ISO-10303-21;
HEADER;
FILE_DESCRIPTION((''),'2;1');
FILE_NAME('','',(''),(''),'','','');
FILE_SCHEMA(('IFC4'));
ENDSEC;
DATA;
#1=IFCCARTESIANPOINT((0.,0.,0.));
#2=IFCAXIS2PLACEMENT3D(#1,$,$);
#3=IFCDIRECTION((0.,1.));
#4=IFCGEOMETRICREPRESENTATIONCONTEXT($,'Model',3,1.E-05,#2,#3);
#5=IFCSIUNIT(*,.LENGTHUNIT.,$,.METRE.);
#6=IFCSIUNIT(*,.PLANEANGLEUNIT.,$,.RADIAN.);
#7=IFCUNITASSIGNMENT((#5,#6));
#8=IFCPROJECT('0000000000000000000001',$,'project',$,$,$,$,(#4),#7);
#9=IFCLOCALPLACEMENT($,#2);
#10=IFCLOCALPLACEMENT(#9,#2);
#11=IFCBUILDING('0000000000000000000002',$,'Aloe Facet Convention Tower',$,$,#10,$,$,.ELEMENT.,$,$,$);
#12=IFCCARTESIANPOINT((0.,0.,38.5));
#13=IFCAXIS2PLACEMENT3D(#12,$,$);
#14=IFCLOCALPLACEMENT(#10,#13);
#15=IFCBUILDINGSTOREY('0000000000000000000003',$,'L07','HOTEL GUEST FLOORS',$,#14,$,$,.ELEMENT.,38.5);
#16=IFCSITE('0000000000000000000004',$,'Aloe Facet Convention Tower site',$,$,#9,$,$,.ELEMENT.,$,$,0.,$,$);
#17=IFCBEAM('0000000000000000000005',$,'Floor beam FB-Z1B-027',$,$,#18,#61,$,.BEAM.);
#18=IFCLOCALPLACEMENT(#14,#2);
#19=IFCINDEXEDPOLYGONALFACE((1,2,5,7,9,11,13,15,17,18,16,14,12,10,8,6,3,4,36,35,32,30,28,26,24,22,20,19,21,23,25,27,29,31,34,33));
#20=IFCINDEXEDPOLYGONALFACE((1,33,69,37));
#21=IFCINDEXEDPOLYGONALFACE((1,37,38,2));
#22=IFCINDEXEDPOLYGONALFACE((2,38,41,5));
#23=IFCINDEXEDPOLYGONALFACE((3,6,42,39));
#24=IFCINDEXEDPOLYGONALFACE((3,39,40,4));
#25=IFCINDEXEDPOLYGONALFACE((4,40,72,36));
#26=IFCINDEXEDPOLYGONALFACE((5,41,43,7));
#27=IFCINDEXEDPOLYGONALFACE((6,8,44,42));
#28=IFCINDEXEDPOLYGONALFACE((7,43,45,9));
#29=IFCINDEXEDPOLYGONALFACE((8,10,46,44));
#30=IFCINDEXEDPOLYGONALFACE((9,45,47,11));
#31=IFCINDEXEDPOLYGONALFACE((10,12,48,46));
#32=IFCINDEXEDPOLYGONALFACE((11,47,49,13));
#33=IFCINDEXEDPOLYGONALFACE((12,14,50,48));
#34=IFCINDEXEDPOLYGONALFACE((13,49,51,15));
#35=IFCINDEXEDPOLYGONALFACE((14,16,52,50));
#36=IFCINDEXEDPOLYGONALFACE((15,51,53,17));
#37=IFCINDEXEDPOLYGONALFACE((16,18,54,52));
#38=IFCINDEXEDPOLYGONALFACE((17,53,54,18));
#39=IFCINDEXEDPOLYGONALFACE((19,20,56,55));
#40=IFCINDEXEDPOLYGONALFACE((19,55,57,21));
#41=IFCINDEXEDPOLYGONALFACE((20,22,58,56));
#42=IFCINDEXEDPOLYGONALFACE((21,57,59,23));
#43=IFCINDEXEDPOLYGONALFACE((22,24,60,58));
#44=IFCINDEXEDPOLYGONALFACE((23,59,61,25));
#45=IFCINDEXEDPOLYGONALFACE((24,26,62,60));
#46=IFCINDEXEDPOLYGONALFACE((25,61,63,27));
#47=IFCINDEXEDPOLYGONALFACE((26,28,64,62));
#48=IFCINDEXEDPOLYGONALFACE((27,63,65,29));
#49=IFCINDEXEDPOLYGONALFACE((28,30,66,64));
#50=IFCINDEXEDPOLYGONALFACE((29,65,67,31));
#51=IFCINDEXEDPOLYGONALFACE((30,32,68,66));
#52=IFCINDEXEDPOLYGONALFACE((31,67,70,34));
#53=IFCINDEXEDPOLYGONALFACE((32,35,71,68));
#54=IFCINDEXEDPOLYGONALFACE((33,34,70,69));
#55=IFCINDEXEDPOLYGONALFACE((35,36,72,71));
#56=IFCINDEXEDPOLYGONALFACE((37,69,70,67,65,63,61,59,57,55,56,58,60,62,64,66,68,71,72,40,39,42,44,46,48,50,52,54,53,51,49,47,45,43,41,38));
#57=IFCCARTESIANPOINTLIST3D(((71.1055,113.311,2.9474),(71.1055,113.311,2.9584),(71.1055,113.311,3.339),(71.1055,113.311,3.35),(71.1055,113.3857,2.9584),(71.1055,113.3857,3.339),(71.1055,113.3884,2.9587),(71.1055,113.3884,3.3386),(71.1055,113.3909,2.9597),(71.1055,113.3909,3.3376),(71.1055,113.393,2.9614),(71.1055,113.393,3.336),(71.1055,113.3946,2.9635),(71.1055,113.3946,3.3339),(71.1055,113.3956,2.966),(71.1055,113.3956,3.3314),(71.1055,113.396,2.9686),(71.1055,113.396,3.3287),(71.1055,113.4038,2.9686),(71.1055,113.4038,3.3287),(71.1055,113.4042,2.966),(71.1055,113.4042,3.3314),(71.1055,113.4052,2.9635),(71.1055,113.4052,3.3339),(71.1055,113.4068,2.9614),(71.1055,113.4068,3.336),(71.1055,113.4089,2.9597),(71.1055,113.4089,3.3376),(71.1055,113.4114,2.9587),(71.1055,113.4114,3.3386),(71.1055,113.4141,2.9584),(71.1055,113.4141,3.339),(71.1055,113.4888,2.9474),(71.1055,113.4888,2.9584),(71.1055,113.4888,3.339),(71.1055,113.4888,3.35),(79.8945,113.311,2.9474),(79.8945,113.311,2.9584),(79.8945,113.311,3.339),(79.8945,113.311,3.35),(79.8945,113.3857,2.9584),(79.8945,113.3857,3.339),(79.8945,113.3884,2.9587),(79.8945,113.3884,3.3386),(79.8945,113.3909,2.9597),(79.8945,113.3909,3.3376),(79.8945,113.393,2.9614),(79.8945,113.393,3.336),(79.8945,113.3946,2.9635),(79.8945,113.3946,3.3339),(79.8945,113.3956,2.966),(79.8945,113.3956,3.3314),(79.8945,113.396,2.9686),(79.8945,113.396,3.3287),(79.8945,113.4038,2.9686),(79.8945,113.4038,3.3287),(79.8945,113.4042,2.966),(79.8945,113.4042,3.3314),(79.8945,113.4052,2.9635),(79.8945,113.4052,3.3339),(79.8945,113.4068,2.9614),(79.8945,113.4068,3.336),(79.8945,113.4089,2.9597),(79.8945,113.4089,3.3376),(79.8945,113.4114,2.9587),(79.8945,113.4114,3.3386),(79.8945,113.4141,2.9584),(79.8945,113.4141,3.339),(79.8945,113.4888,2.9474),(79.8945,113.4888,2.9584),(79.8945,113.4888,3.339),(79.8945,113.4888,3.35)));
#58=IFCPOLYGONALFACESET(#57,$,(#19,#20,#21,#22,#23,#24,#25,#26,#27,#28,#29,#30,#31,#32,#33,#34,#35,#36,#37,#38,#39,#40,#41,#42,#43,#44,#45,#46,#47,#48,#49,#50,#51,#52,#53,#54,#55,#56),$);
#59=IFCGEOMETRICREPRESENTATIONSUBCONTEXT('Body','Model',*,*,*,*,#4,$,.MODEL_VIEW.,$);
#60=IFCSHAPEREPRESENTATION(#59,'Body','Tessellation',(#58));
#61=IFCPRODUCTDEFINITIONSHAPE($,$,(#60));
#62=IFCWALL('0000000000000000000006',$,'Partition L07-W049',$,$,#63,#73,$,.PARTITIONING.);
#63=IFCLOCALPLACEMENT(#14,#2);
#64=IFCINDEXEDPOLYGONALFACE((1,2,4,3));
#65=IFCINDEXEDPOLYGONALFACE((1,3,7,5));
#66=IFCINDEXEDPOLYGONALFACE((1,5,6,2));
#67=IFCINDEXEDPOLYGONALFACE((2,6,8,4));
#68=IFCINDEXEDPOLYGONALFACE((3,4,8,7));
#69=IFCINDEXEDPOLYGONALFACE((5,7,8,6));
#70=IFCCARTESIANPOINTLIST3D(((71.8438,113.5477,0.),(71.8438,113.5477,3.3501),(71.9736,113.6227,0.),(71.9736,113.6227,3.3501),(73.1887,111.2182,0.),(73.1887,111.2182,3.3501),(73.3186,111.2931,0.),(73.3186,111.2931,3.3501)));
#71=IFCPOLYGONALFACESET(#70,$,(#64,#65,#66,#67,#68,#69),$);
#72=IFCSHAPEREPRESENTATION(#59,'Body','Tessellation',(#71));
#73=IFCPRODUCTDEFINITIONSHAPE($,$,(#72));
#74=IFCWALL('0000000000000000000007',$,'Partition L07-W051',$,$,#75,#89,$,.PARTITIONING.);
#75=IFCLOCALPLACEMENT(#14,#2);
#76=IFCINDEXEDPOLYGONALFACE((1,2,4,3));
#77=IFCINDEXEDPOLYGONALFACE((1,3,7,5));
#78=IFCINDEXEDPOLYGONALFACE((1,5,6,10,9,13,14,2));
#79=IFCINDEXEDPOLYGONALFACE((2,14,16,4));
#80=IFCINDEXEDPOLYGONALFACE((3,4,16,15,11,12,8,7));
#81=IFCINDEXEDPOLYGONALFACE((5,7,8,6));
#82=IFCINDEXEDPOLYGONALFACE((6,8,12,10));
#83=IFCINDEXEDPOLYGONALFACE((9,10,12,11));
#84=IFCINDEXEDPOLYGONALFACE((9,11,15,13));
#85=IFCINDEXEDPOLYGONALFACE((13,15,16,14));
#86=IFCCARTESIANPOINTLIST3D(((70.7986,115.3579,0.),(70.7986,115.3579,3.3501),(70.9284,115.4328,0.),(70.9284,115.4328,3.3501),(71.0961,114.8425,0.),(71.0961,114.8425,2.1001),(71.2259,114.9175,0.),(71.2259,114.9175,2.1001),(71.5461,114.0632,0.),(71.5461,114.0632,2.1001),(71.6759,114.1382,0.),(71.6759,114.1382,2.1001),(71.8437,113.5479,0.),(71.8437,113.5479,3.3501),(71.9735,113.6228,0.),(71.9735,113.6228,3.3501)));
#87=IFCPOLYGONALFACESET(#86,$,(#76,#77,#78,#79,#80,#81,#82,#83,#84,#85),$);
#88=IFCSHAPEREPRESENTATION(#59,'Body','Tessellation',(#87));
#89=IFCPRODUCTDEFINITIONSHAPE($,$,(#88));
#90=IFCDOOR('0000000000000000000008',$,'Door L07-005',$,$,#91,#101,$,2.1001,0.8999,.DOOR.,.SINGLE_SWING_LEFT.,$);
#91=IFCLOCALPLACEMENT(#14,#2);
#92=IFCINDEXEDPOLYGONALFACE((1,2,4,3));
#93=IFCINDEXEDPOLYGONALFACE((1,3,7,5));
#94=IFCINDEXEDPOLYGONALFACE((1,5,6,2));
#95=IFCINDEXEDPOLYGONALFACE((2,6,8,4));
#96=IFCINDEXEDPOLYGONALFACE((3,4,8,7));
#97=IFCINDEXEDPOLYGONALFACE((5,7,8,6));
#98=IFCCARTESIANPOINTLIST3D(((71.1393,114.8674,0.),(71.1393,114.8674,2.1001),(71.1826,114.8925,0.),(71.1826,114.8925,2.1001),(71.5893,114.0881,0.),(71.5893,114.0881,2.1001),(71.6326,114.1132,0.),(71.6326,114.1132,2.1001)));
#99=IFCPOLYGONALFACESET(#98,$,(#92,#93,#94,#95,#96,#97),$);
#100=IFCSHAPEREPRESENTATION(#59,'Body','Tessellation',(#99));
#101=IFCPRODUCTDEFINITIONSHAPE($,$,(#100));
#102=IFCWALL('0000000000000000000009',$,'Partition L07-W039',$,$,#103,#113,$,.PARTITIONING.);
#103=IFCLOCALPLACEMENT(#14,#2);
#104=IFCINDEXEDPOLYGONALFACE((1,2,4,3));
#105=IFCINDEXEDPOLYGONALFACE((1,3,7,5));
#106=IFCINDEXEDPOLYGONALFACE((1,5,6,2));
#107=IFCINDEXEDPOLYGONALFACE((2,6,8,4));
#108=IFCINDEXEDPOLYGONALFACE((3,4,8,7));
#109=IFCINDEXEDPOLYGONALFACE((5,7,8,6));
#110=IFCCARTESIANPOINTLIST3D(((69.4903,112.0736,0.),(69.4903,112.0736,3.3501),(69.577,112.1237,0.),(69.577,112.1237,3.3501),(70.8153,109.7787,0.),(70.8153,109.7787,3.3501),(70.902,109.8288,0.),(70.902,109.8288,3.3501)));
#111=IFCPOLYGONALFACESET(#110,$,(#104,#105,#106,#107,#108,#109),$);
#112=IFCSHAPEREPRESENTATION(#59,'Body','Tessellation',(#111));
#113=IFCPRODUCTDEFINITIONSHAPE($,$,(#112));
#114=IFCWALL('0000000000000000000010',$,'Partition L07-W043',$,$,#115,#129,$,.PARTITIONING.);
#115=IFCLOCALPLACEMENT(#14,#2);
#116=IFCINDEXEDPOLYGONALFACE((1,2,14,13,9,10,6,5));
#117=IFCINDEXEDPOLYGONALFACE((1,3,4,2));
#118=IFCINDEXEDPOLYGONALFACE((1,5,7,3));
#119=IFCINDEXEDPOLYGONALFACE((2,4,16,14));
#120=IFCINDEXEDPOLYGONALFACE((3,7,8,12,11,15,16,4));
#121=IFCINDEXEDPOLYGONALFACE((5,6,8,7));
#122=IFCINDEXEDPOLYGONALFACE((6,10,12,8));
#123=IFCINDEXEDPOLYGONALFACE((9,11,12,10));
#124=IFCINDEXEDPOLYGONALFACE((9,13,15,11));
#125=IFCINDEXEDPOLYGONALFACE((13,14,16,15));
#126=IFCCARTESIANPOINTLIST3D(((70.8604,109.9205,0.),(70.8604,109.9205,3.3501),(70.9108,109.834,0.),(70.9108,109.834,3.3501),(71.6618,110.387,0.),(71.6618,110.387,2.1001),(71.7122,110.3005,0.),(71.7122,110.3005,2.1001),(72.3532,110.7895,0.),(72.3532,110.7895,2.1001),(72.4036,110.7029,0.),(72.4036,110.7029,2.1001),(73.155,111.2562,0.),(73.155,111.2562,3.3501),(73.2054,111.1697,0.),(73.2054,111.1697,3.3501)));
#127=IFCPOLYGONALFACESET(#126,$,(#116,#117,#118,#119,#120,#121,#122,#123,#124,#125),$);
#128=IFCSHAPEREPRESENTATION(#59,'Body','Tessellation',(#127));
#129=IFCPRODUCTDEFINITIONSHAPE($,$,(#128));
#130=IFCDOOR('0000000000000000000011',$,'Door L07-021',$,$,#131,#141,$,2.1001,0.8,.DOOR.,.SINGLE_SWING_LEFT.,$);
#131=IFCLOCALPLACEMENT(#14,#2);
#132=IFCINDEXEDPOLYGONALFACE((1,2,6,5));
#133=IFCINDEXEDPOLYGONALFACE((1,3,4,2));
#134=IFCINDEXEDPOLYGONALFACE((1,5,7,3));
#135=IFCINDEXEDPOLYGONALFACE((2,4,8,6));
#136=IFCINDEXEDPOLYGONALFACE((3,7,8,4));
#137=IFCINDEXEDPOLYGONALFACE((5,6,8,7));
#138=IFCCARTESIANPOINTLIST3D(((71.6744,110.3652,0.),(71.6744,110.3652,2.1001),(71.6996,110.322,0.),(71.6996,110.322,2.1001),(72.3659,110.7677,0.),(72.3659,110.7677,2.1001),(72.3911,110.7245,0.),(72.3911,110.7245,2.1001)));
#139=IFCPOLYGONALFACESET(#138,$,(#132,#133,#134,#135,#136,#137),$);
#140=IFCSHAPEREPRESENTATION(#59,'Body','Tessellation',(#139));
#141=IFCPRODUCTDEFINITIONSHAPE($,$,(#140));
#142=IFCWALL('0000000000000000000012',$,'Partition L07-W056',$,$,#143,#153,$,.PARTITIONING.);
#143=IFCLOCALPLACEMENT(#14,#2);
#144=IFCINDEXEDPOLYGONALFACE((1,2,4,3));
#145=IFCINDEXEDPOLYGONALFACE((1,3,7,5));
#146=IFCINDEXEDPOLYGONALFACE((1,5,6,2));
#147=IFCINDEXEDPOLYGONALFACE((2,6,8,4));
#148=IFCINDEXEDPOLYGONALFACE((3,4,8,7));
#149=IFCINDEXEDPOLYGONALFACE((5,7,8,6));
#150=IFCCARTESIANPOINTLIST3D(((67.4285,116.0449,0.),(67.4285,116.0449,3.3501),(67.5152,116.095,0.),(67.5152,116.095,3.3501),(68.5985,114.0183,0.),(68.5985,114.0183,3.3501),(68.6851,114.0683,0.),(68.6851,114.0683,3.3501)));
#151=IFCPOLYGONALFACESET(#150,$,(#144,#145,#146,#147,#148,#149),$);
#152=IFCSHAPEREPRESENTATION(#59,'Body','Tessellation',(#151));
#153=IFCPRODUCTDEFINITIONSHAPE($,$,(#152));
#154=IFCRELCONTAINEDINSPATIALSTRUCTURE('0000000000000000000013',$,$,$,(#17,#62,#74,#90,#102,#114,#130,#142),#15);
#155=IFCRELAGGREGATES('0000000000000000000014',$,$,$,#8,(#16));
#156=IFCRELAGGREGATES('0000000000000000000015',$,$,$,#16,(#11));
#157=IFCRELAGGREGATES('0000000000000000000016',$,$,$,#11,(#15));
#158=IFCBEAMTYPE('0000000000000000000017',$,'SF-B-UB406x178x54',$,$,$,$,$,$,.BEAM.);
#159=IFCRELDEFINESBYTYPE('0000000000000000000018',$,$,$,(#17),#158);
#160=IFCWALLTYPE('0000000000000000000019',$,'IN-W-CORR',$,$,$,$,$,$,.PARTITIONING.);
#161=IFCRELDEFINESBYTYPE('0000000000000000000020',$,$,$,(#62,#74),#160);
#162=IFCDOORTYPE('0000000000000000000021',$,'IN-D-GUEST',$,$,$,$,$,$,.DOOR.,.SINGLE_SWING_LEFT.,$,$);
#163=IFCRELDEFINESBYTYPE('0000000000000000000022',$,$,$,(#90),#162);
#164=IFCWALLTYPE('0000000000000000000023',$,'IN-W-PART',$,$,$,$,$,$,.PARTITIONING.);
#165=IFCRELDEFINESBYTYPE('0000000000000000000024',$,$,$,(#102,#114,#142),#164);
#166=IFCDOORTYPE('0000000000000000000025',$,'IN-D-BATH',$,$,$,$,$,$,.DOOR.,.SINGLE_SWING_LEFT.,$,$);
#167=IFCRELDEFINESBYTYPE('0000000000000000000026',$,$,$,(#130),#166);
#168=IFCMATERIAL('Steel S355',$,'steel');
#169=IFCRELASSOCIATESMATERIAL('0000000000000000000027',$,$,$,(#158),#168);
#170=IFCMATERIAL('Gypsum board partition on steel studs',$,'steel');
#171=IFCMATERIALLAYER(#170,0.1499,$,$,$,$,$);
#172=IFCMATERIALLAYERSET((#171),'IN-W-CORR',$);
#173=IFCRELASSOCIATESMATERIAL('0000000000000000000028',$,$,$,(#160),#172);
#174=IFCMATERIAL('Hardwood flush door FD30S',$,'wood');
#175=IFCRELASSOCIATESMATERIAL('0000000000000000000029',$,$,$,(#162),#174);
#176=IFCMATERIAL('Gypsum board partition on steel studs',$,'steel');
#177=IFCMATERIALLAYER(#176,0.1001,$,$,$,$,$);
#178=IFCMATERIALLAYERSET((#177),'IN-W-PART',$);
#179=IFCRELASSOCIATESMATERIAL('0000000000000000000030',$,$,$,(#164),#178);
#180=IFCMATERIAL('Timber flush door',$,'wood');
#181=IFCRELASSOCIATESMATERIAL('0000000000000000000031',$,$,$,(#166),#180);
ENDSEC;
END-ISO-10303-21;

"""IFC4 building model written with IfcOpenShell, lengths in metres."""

from ifc_helpers import new_model, si_unit, direction, frame, frame_2d, origin, origin_2d, place, context, subcontext, project, spatial, rectangle, i_section, extrude, material, layer, layer_set, material_profile, profile_set, type_object, element, fill, save


model = new_model("IFC4")

# Units and contexts
model_context = context("Model", 3, precision=1e-05, world=origin(), true_north=direction((0.0, 1.0)))
body_context = subcontext(model_context, "Body", "Model", "MODEL_VIEW")
ifc_project = project(units=[si_unit("LENGTHUNIT", "METRE"), si_unit("PLANEANGLEUNIT", "RADIAN")], contexts=[model_context])

# Site, building, storey
site_placement = place(None, origin())
site = spatial("IfcSite", under=ifc_project, at=site_placement, Name="Aloe Facet Convention Tower site", CompositionType="ELEMENT", RefElevation=0.0)
building_placement = place(site_placement, origin())
building = spatial("IfcBuilding", under=site, at=building_placement, Name="Aloe Facet Convention Tower", CompositionType="ELEMENT")
storey_placement = place(building_placement, frame((0.0, 0.0, 38.5)))
storey = spatial("IfcBuildingStorey", under=building, at=storey_placement, Name="L07", Description="HOTEL GUEST FLOORS", CompositionType="ELEMENT", Elevation=38.5)

# Beam
ifc_material_1 = material(Name="Steel S355", Category="steel")
ifc_material_profile_1 = material_profile(ifc_material_1, i_section(OverallWidth=0.1777, OverallDepth=0.4026, WebThickness=0.0078, FlangeThickness=0.011, FilletRadius=0.0103, at=origin_2d()), Name="UB 406x178x54")
ifc_profile_set_1 = profile_set([ifc_material_profile_1], Name="Steel S355")
beam_type = type_object("IfcBeamType", Name="SF-B-UB406x178x54", PredefinedType="BEAM", material=ifc_profile_set_1)
for number, where, z_axis, x_axis, name in (
    (1, (71.1055, 113.3999, 3.1487), (1.0, 0.0, 0.0), (0.0, 1.0, 0.0), "Floor beam FB-Z1B-027"),
):
    element("IfcBeam", number, at=place(storey_placement, frame(where, z_axis=z_axis, x_axis=x_axis)), inside=storey, type_object=beam_type, Name=name, PredefinedType="BEAM", context=body_context, shape_type="SweptSolid", body=[
        extrude(i_section(OverallWidth=0.1777, OverallDepth=0.4026, WebThickness=0.0078, FlangeThickness=0.011, FilletRadius=0.0103, at=origin_2d()), origin(), (0.0, 0.0, 1.0), 8.7891),
    ])

# Wall
ifc_material_2 = material(Name="Gypsum board partition on steel studs", Category="steel")
ifc_layer_1 = layer(ifc_material_2, 0.1499)
ifc_layer_set_1 = layer_set([ifc_layer_1], Name="IN-W-CORR")
wall_type_1 = type_object("IfcWallType", Name="IN-W-CORR", PredefinedType="PARTITIONING", material=ifc_layer_set_1)
wall_1_placement = place(storey_placement, frame((71.9087, 113.5852, 0.0), z_axis=(0.0, 0.0, 1.0), x_axis=(0.499995, -0.866028, 0.0)))
element("IfcWall", 2, at=wall_1_placement, inside=storey, type_object=wall_type_1, Name="Partition L07-W049", PredefinedType="PARTITIONING", context=body_context, shape_type="SweptSolid", body=[
    extrude(rectangle(XDim=2.6899, YDim=0.1499, at=frame_2d((1.345, 0.0))), origin(), (0.0, 0.0, 1.0), 3.3501),
])

# Wall, opening, door
wall_2_placement = place(storey_placement, frame((70.8635, 115.3953, 0.0), z_axis=(0.0, 0.0, 1.0), x_axis=(0.500046, -0.865999, 0.0)))
wall_2 = element("IfcWall", 3, at=wall_2_placement, inside=storey, type_object=wall_type_1, Name="Partition L07-W051", PredefinedType="PARTITIONING", context=body_context, shape_type="SweptSolid", body=[
    extrude(rectangle(XDim=2.0901, YDim=0.1499, at=frame_2d((1.0449, 0.0))), origin(), (0.0, 0.0, 1.0), 3.3501),
])
opening_1_placement = place(wall_2_placement, frame((0.595, 0.0, 0.0)))
opening_1 = element("IfcOpeningElement", 4, at=opening_1_placement, cuts=wall_2, PredefinedType="OPENING", context=body_context, shape_type="SweptSolid", body=[
    extrude(rectangle(XDim=0.8999, YDim=2.1001, at=frame_2d((0.45, 1.05))), frame((0.0, 0.085, 0.0), z_axis=(0.0, -1.0, 0.0), x_axis=(1.0, 0.0, 0.0)), (0.0, 0.0, 1.0), 0.1699),
])
ifc_material_3 = material(Name="Hardwood flush door FD30S", Category="wood")
door_type_1 = type_object("IfcDoorType", Name="IN-D-GUEST", OperationType="SINGLE_SWING_LEFT", PredefinedType="DOOR", material=ifc_material_3)
door_1_placement = place(opening_1_placement, origin())
door_1 = element("IfcDoor", 5, at=door_1_placement, inside=storey, type_object=door_type_1, Name="Door L07-005", OperationType="SINGLE_SWING_LEFT", OverallHeight=2.1001, OverallWidth=0.8999, PredefinedType="DOOR", context=body_context, shape_type="SweptSolid", body=[
    extrude(rectangle(XDim=0.8999, YDim=2.1001, at=frame_2d((0.45, 1.05))), frame((0.0, 0.0249, 0.0), z_axis=(0.0, -1.0, 0.0), x_axis=(1.0, 0.0, 0.0)), (0.0, 0.0, 1.0), 0.05),
])
fill(opening_1, door_1)

# Wall
ifc_material_4 = material(Name="Gypsum board partition on steel studs", Category="steel")
ifc_layer_2 = layer(ifc_material_4, 0.1001)
ifc_layer_set_2 = layer_set([ifc_layer_2], Name="IN-W-PART")
wall_type_2 = type_object("IfcWallType", Name="IN-W-PART", PredefinedType="PARTITIONING", material=ifc_layer_set_2)
wall_3_placement = place(storey_placement, frame((69.5337, 112.0986, 0.0), z_axis=(0.0, 0.0, 1.0), x_axis=(0.499994, -0.866029, 0.0)))
element("IfcWall", 6, at=wall_3_placement, inside=storey, type_object=wall_type_2, Name="Partition L07-W039", PredefinedType="PARTITIONING", context=body_context, shape_type="SweptSolid", body=[
    extrude(rectangle(XDim=2.6499, YDim=0.1001, at=frame_2d((1.325, 0.0))), origin(), (0.0, 0.0, 1.0), 3.3501),
])

# Wall, opening, door
wall_4_placement = place(storey_placement, frame((70.8855, 109.8772, 0.0), z_axis=(0.0, 0.0, 1.0), x_axis=(0.864249, 0.503065, 0.0)))
wall_4 = element("IfcWall", 7, at=wall_4_placement, inside=storey, type_object=wall_type_2, Name="Partition L07-W043", PredefinedType="PARTITIONING", context=body_context, shape_type="SweptSolid", body=[
    extrude(rectangle(XDim=2.655, YDim=0.1001, at=frame_2d((1.3276, 0.0))), origin(), (0.0, 0.0, 1.0), 3.3501),
])
opening_2_placement = place(wall_4_placement, frame((0.9275, 0.0, 0.0)))
opening_2 = element("IfcOpeningElement", 8, at=opening_2_placement, cuts=wall_4, PredefinedType="OPENING", context=body_context, shape_type="SweptSolid", body=[
    extrude(rectangle(XDim=0.8, YDim=2.1001, at=frame_2d((0.3999, 1.05))), frame((0.0, 0.0601, 0.0), z_axis=(0.0, -1.0, 0.0), x_axis=(1.0, 0.0, 0.0)), (0.0, 0.0, 1.0), 0.1201),
])
ifc_material_5 = material(Name="Timber flush door", Category="wood")
door_type_2 = type_object("IfcDoorType", Name="IN-D-BATH", OperationType="SINGLE_SWING_LEFT", PredefinedType="DOOR", material=ifc_material_5)
door_2_placement = place(opening_2_placement, origin())
door_2 = element("IfcDoor", 9, at=door_2_placement, inside=storey, type_object=door_type_2, Name="Door L07-021", OperationType="SINGLE_SWING_LEFT", OverallHeight=2.1001, OverallWidth=0.8, PredefinedType="DOOR", context=body_context, shape_type="SweptSolid", body=[
    extrude(rectangle(XDim=0.8, YDim=2.1001, at=frame_2d((0.3999, 1.05))), frame((0.0, 0.0249, 0.0), z_axis=(0.0, -1.0, 0.0), x_axis=(1.0, 0.0, 0.0)), (0.0, 0.0, 1.0), 0.05),
])
fill(opening_2, door_2)

# Wall
wall_5_placement = place(storey_placement, frame((67.4719, 116.0698, 0.0), z_axis=(0.0, 0.0, 1.0), x_axis=(0.499954, -0.866052, 0.0)))
element("IfcWall", 10, at=wall_5_placement, inside=storey, type_object=wall_type_2, Name="Partition L07-W056", PredefinedType="PARTITIONING", context=body_context, shape_type="SweptSolid", body=[
    extrude(rectangle(XDim=2.3401, YDim=0.1001, at=frame_2d((1.1699, 0.0))), origin(), (0.0, 0.0, 1.0), 3.3501),
])

save(model, "model.ifc")
